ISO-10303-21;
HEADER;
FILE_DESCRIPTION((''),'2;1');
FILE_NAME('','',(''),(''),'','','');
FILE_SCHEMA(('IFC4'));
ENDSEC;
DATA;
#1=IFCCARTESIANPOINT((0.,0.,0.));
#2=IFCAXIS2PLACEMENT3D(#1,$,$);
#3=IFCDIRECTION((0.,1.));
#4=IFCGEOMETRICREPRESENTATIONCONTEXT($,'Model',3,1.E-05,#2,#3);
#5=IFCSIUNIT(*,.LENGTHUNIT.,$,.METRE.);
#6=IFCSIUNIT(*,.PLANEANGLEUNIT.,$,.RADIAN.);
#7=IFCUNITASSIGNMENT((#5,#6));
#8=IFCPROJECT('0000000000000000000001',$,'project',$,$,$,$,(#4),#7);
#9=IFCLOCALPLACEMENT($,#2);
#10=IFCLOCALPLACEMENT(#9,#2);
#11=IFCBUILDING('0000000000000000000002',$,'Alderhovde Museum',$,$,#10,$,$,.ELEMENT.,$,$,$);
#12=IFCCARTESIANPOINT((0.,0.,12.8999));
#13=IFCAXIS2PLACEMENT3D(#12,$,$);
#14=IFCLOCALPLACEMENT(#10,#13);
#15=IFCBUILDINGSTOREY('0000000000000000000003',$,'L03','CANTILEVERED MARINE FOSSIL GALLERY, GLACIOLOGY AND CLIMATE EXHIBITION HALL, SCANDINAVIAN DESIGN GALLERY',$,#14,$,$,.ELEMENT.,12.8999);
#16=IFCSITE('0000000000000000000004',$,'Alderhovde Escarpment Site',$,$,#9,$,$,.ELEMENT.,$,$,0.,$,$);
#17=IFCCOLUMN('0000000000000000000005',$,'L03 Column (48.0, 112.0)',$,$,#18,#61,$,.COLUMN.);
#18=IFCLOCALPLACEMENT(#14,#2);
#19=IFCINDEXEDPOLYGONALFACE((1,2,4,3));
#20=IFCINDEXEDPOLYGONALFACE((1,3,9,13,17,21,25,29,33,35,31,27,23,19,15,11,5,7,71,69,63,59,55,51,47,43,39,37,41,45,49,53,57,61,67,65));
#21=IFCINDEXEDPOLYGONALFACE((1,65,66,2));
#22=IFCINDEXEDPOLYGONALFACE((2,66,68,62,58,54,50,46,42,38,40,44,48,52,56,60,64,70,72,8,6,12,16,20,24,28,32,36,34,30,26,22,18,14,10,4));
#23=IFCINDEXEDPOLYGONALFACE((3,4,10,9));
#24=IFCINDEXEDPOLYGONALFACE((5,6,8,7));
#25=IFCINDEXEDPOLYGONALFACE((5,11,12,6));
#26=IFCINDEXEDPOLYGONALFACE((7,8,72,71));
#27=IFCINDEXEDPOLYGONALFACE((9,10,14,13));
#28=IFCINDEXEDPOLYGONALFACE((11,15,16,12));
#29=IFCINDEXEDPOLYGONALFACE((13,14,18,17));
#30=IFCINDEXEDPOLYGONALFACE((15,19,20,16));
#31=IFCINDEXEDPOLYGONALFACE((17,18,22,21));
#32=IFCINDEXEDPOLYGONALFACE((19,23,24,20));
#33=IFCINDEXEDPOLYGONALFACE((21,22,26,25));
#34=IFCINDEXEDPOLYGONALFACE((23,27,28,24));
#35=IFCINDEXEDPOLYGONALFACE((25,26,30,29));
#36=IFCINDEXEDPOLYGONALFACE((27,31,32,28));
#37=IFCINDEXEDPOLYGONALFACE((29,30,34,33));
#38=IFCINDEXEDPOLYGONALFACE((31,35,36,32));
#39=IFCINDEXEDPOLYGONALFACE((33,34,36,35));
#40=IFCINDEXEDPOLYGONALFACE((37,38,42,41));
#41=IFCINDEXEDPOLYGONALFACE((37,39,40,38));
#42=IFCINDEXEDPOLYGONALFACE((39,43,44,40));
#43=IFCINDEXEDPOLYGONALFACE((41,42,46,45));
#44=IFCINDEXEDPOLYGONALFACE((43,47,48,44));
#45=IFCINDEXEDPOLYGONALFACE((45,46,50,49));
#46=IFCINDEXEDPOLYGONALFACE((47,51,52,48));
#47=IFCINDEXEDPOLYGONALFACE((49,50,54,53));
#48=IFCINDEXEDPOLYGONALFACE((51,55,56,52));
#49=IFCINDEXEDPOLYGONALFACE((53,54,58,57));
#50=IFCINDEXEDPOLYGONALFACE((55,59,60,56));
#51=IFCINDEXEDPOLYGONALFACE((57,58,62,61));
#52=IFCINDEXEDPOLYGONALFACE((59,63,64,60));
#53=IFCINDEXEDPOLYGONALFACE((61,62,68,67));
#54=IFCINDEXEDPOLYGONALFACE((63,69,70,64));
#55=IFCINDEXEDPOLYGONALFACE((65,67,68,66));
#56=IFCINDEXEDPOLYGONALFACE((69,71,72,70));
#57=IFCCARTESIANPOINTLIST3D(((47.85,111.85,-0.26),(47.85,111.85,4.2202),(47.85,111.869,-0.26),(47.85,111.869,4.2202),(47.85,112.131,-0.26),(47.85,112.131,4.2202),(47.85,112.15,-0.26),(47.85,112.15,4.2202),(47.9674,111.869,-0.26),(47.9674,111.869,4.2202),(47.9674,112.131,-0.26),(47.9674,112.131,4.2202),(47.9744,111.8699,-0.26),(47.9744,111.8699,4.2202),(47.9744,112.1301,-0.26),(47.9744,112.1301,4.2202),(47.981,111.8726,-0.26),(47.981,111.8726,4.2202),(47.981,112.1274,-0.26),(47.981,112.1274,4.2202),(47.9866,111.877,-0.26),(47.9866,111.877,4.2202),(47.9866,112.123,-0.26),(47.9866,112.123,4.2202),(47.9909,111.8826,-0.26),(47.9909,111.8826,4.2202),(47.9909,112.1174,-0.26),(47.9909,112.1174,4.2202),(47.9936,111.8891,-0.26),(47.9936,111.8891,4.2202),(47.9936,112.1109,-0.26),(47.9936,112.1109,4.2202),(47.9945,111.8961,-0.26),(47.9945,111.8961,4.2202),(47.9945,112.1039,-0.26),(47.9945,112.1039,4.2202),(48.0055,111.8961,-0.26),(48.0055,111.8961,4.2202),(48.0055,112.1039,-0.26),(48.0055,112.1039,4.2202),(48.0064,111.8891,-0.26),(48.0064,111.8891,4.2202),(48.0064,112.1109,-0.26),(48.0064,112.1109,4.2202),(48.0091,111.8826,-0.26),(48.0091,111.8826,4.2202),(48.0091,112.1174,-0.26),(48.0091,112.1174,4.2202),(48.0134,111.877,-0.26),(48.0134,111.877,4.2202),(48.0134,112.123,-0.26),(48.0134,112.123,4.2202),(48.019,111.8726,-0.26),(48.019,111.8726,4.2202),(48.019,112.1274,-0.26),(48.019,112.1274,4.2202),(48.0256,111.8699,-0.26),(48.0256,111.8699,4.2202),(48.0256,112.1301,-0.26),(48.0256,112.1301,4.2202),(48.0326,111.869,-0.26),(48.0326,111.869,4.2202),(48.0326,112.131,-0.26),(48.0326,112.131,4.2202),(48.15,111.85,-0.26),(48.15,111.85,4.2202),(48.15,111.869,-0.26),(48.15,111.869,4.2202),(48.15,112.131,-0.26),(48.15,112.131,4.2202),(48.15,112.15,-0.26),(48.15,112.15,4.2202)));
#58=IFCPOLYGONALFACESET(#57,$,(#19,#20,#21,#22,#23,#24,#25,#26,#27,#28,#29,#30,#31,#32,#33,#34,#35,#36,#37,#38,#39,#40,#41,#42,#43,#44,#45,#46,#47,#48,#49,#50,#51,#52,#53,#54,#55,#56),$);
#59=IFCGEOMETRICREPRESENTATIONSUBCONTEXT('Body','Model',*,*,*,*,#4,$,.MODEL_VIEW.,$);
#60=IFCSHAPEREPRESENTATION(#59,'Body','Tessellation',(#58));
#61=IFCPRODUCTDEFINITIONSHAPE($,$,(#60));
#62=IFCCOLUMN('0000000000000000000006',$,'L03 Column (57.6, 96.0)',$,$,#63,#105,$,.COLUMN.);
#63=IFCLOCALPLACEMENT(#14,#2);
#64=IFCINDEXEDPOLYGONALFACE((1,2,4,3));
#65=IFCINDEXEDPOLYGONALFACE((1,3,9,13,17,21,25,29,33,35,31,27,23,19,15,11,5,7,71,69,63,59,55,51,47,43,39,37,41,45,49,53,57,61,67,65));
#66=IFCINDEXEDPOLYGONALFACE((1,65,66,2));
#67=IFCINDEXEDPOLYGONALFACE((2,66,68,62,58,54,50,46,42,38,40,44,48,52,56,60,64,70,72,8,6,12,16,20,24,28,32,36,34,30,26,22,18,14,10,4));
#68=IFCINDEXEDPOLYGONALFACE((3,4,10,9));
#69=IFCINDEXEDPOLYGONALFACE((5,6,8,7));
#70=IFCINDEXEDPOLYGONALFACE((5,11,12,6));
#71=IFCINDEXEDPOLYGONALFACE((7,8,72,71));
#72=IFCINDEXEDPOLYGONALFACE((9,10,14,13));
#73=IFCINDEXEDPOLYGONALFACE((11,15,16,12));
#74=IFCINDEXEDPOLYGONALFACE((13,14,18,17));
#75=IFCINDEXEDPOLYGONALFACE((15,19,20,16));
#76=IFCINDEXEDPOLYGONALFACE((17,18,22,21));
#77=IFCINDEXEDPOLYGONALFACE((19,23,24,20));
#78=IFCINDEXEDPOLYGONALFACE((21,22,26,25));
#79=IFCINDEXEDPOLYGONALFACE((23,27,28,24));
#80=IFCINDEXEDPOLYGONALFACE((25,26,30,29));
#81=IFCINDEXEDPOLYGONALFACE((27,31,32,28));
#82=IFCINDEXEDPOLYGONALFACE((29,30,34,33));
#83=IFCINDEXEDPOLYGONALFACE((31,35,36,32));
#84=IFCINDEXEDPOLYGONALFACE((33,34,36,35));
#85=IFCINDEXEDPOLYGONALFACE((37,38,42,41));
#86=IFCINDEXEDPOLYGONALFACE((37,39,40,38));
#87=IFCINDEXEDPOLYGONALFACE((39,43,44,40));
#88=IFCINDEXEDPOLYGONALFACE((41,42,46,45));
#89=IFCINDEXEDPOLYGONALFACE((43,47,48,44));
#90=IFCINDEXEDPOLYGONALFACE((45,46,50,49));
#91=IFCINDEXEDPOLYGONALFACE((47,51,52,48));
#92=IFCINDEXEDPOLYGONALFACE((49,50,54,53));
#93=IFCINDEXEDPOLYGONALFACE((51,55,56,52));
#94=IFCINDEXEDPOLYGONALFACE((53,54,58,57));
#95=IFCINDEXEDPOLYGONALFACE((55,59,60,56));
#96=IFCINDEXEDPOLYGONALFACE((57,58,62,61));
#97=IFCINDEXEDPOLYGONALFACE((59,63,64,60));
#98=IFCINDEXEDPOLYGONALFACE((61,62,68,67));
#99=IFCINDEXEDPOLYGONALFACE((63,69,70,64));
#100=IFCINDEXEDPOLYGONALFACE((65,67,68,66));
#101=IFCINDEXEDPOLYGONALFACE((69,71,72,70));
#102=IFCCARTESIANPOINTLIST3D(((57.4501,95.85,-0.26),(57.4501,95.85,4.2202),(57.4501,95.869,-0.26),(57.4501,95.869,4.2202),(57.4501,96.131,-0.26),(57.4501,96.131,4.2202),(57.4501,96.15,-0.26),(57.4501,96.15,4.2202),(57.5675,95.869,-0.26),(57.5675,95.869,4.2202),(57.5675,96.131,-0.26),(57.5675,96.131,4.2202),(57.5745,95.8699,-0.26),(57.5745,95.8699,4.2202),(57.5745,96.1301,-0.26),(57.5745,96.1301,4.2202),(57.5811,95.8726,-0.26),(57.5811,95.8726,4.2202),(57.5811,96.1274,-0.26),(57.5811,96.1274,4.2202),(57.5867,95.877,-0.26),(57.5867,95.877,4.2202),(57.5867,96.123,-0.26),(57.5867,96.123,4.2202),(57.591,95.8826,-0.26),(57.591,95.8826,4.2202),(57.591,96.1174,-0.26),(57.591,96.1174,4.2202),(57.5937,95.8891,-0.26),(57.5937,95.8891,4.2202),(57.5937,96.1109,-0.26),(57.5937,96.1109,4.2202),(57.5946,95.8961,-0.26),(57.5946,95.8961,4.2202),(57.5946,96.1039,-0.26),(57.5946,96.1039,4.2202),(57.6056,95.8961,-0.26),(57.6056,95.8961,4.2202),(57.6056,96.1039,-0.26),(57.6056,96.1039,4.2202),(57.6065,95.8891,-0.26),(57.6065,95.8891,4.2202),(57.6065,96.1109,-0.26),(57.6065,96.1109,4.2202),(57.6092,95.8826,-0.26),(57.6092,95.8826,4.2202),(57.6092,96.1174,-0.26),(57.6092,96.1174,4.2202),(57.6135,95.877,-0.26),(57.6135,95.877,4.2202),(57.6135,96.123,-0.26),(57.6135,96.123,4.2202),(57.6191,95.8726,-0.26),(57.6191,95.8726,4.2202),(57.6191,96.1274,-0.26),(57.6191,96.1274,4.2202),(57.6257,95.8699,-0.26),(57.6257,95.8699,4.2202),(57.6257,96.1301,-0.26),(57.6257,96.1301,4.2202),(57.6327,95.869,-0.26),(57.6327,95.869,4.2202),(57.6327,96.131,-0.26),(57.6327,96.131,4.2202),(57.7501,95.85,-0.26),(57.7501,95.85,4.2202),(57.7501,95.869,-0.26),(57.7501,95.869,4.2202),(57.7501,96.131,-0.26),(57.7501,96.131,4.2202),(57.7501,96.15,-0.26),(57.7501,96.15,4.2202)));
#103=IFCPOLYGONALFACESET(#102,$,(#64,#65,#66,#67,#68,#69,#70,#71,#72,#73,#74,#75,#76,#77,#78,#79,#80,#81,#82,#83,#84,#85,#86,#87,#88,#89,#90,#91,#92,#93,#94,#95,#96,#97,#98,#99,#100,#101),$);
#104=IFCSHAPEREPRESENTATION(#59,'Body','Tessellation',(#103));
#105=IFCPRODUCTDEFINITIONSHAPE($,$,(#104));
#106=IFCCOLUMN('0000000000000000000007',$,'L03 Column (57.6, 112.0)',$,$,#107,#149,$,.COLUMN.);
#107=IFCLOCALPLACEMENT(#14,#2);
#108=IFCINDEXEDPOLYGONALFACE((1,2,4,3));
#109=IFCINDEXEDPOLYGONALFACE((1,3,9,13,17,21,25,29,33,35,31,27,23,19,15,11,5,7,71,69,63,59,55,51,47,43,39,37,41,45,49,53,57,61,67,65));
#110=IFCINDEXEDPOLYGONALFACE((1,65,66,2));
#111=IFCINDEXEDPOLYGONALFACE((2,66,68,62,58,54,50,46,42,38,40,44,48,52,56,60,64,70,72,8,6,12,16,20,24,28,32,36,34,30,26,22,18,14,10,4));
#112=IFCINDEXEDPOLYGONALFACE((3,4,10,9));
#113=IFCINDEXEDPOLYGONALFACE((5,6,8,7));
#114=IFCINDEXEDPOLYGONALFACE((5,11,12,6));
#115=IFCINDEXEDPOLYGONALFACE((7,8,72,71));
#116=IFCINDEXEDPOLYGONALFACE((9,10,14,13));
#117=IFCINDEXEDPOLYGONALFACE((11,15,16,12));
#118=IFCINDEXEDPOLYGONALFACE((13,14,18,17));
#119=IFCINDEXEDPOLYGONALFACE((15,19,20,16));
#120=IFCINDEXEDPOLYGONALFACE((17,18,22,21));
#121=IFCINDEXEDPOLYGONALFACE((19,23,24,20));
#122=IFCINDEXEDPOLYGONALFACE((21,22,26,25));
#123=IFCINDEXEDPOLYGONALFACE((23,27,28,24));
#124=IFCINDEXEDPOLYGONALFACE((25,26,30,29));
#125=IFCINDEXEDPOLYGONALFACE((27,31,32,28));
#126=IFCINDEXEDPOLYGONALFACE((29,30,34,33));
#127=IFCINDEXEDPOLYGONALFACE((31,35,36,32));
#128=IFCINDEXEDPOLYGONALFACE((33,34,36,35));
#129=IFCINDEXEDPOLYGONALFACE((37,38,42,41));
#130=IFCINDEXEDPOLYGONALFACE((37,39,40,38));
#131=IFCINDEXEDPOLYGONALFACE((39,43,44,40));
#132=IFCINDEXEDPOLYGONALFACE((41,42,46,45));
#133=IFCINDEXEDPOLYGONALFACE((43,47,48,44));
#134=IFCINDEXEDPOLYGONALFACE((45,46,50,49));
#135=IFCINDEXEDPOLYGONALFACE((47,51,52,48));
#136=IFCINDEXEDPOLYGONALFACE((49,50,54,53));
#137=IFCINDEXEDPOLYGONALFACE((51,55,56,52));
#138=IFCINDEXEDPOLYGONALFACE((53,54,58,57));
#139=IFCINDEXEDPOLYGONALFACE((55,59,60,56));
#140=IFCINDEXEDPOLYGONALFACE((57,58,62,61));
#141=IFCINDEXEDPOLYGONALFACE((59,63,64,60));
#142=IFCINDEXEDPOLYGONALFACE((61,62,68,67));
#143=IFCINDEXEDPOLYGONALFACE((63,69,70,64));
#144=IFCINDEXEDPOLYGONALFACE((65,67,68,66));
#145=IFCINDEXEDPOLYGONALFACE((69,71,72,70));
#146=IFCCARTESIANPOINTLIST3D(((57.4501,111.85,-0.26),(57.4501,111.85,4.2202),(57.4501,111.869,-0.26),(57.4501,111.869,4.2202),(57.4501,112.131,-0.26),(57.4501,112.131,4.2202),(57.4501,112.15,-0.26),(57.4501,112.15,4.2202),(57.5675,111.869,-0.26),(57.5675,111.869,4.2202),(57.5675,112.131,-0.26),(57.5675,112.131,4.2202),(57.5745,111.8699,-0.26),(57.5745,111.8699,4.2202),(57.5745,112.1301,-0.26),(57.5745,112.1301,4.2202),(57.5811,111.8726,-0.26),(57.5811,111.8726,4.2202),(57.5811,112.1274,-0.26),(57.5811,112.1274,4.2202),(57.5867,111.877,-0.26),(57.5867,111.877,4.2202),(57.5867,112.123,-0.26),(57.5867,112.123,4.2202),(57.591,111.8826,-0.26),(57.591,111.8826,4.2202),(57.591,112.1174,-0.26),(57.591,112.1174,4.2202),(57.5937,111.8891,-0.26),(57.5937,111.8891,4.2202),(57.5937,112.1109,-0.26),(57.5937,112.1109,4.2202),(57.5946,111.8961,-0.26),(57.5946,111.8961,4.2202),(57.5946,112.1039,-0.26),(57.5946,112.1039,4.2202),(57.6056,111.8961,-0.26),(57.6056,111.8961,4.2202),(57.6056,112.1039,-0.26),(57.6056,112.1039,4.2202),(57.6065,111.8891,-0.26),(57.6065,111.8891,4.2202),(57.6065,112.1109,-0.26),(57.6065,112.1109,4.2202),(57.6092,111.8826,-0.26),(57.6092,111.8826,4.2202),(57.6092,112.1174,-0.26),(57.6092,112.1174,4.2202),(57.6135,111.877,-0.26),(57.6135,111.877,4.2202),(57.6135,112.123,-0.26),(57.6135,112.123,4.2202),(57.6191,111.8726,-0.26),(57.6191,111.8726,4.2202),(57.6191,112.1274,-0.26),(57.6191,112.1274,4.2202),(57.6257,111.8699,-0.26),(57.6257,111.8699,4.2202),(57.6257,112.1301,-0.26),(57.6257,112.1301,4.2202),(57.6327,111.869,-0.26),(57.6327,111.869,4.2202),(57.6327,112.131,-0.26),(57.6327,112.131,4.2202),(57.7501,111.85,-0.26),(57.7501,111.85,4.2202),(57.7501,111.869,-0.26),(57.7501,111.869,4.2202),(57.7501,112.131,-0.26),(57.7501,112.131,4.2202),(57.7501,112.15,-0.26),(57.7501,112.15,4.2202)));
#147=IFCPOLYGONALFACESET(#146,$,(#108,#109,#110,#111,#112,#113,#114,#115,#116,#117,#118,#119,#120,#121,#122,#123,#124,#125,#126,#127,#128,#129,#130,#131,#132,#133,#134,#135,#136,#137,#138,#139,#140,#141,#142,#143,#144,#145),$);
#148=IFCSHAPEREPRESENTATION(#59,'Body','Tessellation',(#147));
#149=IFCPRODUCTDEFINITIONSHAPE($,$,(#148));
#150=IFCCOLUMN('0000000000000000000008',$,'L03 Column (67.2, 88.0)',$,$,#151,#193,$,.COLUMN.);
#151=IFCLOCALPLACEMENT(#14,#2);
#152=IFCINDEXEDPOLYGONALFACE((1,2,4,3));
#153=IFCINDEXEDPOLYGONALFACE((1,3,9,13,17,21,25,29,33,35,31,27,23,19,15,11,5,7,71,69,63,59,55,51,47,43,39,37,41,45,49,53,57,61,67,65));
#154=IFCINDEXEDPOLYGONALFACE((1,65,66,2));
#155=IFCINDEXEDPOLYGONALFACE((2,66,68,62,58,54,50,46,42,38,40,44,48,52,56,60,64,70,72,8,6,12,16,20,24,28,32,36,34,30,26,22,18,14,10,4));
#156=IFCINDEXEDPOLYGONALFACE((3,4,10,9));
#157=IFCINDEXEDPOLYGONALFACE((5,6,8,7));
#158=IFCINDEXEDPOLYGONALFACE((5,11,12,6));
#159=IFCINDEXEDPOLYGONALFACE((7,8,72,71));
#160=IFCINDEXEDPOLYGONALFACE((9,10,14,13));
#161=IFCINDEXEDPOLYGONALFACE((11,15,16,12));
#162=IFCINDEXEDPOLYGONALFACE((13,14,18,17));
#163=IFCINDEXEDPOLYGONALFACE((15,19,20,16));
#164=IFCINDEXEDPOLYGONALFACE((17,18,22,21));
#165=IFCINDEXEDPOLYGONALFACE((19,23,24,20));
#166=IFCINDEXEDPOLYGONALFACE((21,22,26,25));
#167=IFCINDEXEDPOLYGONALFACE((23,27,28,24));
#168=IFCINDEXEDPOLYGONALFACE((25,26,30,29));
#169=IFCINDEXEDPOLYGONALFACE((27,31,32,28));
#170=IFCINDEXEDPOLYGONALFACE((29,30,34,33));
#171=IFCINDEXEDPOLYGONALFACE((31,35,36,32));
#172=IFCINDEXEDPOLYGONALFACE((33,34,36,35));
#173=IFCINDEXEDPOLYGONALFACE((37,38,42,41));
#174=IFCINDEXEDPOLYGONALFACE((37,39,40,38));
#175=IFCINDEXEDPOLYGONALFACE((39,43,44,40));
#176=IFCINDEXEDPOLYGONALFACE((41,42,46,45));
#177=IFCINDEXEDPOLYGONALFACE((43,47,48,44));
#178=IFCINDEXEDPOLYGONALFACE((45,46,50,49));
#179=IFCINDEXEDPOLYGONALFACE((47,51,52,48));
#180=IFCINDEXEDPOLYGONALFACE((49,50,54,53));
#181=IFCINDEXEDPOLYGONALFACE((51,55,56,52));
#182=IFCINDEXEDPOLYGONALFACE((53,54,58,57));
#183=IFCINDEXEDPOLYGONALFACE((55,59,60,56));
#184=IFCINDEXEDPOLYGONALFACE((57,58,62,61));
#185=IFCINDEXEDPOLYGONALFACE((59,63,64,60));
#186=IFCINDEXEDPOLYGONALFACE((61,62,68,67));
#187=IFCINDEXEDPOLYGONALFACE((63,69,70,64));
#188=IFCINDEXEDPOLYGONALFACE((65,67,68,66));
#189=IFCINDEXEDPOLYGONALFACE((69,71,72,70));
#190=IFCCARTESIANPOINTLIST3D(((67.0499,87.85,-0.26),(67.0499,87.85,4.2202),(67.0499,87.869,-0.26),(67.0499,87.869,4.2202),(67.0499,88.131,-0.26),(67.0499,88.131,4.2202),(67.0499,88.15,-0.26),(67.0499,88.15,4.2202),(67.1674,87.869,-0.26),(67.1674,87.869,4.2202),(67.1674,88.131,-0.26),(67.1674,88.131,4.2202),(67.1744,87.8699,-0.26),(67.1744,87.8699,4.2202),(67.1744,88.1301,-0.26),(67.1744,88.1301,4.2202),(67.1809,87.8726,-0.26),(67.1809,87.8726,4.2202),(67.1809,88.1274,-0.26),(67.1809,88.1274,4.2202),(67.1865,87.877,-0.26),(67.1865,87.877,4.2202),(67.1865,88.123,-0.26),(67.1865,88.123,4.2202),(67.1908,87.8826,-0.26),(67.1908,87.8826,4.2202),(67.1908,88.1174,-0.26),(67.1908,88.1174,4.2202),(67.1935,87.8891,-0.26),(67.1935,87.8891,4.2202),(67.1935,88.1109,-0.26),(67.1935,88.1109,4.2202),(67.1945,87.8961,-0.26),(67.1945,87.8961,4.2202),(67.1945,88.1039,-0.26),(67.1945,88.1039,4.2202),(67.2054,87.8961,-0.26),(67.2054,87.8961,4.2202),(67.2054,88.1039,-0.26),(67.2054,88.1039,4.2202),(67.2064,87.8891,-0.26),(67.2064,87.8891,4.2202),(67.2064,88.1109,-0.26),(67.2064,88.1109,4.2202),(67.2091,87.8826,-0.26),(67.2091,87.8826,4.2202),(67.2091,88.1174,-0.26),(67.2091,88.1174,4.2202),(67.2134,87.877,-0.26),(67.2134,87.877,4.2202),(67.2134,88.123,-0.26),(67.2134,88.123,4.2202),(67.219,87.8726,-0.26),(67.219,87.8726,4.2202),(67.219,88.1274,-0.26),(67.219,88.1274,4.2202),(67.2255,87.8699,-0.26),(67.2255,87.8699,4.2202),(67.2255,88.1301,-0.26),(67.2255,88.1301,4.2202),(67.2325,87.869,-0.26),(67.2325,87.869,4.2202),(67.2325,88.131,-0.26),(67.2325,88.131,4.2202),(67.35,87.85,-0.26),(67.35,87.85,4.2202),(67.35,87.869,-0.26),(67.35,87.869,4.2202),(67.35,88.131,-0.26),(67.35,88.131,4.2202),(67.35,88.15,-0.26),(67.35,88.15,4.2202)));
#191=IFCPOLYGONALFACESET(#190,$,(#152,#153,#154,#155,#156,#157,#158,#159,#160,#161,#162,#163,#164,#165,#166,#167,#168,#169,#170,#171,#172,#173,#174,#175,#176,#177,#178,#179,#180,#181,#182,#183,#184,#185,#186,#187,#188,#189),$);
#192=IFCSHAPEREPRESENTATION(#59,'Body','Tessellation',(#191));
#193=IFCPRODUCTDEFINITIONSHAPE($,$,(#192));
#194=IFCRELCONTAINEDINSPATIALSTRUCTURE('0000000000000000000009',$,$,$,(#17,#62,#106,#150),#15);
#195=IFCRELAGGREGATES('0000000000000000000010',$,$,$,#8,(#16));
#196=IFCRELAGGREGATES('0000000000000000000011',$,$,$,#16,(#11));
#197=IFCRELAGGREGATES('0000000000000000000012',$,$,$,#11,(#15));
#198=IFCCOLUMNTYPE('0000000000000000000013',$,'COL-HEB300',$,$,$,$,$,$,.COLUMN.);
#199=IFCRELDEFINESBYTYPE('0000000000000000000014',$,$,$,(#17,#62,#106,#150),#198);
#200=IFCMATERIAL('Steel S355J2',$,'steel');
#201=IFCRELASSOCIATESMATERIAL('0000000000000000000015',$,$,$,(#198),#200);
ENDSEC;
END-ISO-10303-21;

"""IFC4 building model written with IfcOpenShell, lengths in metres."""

from ifc_helpers import new_model, si_unit, direction, frame, origin, origin_2d, place, context, subcontext, project, spatial, i_section, extrude, material, material_profile, profile_set, type_object, element, save


model = new_model("IFC4")

# Units and contexts
model_context = context("Model", 3, precision=1e-05, world=origin(), true_north=direction((0.0, 1.0)))
body_context = subcontext(model_context, "Body", "Model", "MODEL_VIEW")
ifc_project = project(units=[si_unit("LENGTHUNIT", "METRE"), si_unit("PLANEANGLEUNIT", "RADIAN")], contexts=[model_context])

# Site, building, storey
site_placement = place(None, origin())
site = spatial("IfcSite", under=ifc_project, at=site_placement, Name="Alderhovde Escarpment Site", CompositionType="ELEMENT", RefElevation=0.0)
building_placement = place(site_placement, origin())
building = spatial("IfcBuilding", under=site, at=building_placement, Name="Alderhovde Museum", CompositionType="ELEMENT")
storey_placement = place(building_placement, frame((0.0, 0.0, 12.8999)))
storey = spatial("IfcBuildingStorey", under=building, at=storey_placement, Name="L03", Description="CANTILEVERED MARINE FOSSIL GALLERY, GLACIOLOGY AND CLIMATE EXHIBITION HALL, SCANDINAVIAN DESIGN GALLERY", CompositionType="ELEMENT", Elevation=12.8999)

# Columns
ifc_material_1 = material(Name="Steel S355J2", Category="steel")
ifc_material_profile_1 = material_profile(ifc_material_1, i_section(OverallWidth=0.3, OverallDepth=0.3, WebThickness=0.011, FlangeThickness=0.019, FilletRadius=0.0271, at=origin_2d()), Name="HEB 300")
ifc_profile_set_1 = profile_set([ifc_material_profile_1], Name="Steel S355J2")
column_type_1 = type_object("IfcColumnType", Name="COL-HEB300", PredefinedType="COLUMN", material=ifc_profile_set_1)
for number, where, z_axis, x_axis, name in (
    (1, (48.0, 112.0, -0.26), (0.0, 0.0, 1.0), (1.0, 0.0, 0.0), "L03 Column (48.0, 112.0)"),
    (2, (57.6001, 96.0, -0.26), (0.0, 0.0, 1.0), (1.0, 0.0, 0.0), "L03 Column (57.6, 96.0)"),
    (3, (57.6001, 112.0, -0.26), (0.0, 0.0, 1.0), (1.0, 0.0, 0.0), "L03 Column (57.6, 112.0)"),
    (4, (67.2, 88.0, -0.26), (0.0, 0.0, 1.0), (1.0, 0.0, 0.0), "L03 Column (67.2, 88.0)"),
):
    element("IfcColumn", number, at=place(storey_placement, frame(where, z_axis=z_axis, x_axis=x_axis)), inside=storey, type_object=column_type_1, Name=name, PredefinedType="COLUMN", context=body_context, shape_type="SweptSolid", body=[
        extrude(i_section(OverallWidth=0.3, OverallDepth=0.3, WebThickness=0.011, FlangeThickness=0.019, FilletRadius=0.0271, at=origin_2d()), origin(), (0.0, 0.0, 1.0), 4.4802),
    ])

save(model, "model.ifc")
